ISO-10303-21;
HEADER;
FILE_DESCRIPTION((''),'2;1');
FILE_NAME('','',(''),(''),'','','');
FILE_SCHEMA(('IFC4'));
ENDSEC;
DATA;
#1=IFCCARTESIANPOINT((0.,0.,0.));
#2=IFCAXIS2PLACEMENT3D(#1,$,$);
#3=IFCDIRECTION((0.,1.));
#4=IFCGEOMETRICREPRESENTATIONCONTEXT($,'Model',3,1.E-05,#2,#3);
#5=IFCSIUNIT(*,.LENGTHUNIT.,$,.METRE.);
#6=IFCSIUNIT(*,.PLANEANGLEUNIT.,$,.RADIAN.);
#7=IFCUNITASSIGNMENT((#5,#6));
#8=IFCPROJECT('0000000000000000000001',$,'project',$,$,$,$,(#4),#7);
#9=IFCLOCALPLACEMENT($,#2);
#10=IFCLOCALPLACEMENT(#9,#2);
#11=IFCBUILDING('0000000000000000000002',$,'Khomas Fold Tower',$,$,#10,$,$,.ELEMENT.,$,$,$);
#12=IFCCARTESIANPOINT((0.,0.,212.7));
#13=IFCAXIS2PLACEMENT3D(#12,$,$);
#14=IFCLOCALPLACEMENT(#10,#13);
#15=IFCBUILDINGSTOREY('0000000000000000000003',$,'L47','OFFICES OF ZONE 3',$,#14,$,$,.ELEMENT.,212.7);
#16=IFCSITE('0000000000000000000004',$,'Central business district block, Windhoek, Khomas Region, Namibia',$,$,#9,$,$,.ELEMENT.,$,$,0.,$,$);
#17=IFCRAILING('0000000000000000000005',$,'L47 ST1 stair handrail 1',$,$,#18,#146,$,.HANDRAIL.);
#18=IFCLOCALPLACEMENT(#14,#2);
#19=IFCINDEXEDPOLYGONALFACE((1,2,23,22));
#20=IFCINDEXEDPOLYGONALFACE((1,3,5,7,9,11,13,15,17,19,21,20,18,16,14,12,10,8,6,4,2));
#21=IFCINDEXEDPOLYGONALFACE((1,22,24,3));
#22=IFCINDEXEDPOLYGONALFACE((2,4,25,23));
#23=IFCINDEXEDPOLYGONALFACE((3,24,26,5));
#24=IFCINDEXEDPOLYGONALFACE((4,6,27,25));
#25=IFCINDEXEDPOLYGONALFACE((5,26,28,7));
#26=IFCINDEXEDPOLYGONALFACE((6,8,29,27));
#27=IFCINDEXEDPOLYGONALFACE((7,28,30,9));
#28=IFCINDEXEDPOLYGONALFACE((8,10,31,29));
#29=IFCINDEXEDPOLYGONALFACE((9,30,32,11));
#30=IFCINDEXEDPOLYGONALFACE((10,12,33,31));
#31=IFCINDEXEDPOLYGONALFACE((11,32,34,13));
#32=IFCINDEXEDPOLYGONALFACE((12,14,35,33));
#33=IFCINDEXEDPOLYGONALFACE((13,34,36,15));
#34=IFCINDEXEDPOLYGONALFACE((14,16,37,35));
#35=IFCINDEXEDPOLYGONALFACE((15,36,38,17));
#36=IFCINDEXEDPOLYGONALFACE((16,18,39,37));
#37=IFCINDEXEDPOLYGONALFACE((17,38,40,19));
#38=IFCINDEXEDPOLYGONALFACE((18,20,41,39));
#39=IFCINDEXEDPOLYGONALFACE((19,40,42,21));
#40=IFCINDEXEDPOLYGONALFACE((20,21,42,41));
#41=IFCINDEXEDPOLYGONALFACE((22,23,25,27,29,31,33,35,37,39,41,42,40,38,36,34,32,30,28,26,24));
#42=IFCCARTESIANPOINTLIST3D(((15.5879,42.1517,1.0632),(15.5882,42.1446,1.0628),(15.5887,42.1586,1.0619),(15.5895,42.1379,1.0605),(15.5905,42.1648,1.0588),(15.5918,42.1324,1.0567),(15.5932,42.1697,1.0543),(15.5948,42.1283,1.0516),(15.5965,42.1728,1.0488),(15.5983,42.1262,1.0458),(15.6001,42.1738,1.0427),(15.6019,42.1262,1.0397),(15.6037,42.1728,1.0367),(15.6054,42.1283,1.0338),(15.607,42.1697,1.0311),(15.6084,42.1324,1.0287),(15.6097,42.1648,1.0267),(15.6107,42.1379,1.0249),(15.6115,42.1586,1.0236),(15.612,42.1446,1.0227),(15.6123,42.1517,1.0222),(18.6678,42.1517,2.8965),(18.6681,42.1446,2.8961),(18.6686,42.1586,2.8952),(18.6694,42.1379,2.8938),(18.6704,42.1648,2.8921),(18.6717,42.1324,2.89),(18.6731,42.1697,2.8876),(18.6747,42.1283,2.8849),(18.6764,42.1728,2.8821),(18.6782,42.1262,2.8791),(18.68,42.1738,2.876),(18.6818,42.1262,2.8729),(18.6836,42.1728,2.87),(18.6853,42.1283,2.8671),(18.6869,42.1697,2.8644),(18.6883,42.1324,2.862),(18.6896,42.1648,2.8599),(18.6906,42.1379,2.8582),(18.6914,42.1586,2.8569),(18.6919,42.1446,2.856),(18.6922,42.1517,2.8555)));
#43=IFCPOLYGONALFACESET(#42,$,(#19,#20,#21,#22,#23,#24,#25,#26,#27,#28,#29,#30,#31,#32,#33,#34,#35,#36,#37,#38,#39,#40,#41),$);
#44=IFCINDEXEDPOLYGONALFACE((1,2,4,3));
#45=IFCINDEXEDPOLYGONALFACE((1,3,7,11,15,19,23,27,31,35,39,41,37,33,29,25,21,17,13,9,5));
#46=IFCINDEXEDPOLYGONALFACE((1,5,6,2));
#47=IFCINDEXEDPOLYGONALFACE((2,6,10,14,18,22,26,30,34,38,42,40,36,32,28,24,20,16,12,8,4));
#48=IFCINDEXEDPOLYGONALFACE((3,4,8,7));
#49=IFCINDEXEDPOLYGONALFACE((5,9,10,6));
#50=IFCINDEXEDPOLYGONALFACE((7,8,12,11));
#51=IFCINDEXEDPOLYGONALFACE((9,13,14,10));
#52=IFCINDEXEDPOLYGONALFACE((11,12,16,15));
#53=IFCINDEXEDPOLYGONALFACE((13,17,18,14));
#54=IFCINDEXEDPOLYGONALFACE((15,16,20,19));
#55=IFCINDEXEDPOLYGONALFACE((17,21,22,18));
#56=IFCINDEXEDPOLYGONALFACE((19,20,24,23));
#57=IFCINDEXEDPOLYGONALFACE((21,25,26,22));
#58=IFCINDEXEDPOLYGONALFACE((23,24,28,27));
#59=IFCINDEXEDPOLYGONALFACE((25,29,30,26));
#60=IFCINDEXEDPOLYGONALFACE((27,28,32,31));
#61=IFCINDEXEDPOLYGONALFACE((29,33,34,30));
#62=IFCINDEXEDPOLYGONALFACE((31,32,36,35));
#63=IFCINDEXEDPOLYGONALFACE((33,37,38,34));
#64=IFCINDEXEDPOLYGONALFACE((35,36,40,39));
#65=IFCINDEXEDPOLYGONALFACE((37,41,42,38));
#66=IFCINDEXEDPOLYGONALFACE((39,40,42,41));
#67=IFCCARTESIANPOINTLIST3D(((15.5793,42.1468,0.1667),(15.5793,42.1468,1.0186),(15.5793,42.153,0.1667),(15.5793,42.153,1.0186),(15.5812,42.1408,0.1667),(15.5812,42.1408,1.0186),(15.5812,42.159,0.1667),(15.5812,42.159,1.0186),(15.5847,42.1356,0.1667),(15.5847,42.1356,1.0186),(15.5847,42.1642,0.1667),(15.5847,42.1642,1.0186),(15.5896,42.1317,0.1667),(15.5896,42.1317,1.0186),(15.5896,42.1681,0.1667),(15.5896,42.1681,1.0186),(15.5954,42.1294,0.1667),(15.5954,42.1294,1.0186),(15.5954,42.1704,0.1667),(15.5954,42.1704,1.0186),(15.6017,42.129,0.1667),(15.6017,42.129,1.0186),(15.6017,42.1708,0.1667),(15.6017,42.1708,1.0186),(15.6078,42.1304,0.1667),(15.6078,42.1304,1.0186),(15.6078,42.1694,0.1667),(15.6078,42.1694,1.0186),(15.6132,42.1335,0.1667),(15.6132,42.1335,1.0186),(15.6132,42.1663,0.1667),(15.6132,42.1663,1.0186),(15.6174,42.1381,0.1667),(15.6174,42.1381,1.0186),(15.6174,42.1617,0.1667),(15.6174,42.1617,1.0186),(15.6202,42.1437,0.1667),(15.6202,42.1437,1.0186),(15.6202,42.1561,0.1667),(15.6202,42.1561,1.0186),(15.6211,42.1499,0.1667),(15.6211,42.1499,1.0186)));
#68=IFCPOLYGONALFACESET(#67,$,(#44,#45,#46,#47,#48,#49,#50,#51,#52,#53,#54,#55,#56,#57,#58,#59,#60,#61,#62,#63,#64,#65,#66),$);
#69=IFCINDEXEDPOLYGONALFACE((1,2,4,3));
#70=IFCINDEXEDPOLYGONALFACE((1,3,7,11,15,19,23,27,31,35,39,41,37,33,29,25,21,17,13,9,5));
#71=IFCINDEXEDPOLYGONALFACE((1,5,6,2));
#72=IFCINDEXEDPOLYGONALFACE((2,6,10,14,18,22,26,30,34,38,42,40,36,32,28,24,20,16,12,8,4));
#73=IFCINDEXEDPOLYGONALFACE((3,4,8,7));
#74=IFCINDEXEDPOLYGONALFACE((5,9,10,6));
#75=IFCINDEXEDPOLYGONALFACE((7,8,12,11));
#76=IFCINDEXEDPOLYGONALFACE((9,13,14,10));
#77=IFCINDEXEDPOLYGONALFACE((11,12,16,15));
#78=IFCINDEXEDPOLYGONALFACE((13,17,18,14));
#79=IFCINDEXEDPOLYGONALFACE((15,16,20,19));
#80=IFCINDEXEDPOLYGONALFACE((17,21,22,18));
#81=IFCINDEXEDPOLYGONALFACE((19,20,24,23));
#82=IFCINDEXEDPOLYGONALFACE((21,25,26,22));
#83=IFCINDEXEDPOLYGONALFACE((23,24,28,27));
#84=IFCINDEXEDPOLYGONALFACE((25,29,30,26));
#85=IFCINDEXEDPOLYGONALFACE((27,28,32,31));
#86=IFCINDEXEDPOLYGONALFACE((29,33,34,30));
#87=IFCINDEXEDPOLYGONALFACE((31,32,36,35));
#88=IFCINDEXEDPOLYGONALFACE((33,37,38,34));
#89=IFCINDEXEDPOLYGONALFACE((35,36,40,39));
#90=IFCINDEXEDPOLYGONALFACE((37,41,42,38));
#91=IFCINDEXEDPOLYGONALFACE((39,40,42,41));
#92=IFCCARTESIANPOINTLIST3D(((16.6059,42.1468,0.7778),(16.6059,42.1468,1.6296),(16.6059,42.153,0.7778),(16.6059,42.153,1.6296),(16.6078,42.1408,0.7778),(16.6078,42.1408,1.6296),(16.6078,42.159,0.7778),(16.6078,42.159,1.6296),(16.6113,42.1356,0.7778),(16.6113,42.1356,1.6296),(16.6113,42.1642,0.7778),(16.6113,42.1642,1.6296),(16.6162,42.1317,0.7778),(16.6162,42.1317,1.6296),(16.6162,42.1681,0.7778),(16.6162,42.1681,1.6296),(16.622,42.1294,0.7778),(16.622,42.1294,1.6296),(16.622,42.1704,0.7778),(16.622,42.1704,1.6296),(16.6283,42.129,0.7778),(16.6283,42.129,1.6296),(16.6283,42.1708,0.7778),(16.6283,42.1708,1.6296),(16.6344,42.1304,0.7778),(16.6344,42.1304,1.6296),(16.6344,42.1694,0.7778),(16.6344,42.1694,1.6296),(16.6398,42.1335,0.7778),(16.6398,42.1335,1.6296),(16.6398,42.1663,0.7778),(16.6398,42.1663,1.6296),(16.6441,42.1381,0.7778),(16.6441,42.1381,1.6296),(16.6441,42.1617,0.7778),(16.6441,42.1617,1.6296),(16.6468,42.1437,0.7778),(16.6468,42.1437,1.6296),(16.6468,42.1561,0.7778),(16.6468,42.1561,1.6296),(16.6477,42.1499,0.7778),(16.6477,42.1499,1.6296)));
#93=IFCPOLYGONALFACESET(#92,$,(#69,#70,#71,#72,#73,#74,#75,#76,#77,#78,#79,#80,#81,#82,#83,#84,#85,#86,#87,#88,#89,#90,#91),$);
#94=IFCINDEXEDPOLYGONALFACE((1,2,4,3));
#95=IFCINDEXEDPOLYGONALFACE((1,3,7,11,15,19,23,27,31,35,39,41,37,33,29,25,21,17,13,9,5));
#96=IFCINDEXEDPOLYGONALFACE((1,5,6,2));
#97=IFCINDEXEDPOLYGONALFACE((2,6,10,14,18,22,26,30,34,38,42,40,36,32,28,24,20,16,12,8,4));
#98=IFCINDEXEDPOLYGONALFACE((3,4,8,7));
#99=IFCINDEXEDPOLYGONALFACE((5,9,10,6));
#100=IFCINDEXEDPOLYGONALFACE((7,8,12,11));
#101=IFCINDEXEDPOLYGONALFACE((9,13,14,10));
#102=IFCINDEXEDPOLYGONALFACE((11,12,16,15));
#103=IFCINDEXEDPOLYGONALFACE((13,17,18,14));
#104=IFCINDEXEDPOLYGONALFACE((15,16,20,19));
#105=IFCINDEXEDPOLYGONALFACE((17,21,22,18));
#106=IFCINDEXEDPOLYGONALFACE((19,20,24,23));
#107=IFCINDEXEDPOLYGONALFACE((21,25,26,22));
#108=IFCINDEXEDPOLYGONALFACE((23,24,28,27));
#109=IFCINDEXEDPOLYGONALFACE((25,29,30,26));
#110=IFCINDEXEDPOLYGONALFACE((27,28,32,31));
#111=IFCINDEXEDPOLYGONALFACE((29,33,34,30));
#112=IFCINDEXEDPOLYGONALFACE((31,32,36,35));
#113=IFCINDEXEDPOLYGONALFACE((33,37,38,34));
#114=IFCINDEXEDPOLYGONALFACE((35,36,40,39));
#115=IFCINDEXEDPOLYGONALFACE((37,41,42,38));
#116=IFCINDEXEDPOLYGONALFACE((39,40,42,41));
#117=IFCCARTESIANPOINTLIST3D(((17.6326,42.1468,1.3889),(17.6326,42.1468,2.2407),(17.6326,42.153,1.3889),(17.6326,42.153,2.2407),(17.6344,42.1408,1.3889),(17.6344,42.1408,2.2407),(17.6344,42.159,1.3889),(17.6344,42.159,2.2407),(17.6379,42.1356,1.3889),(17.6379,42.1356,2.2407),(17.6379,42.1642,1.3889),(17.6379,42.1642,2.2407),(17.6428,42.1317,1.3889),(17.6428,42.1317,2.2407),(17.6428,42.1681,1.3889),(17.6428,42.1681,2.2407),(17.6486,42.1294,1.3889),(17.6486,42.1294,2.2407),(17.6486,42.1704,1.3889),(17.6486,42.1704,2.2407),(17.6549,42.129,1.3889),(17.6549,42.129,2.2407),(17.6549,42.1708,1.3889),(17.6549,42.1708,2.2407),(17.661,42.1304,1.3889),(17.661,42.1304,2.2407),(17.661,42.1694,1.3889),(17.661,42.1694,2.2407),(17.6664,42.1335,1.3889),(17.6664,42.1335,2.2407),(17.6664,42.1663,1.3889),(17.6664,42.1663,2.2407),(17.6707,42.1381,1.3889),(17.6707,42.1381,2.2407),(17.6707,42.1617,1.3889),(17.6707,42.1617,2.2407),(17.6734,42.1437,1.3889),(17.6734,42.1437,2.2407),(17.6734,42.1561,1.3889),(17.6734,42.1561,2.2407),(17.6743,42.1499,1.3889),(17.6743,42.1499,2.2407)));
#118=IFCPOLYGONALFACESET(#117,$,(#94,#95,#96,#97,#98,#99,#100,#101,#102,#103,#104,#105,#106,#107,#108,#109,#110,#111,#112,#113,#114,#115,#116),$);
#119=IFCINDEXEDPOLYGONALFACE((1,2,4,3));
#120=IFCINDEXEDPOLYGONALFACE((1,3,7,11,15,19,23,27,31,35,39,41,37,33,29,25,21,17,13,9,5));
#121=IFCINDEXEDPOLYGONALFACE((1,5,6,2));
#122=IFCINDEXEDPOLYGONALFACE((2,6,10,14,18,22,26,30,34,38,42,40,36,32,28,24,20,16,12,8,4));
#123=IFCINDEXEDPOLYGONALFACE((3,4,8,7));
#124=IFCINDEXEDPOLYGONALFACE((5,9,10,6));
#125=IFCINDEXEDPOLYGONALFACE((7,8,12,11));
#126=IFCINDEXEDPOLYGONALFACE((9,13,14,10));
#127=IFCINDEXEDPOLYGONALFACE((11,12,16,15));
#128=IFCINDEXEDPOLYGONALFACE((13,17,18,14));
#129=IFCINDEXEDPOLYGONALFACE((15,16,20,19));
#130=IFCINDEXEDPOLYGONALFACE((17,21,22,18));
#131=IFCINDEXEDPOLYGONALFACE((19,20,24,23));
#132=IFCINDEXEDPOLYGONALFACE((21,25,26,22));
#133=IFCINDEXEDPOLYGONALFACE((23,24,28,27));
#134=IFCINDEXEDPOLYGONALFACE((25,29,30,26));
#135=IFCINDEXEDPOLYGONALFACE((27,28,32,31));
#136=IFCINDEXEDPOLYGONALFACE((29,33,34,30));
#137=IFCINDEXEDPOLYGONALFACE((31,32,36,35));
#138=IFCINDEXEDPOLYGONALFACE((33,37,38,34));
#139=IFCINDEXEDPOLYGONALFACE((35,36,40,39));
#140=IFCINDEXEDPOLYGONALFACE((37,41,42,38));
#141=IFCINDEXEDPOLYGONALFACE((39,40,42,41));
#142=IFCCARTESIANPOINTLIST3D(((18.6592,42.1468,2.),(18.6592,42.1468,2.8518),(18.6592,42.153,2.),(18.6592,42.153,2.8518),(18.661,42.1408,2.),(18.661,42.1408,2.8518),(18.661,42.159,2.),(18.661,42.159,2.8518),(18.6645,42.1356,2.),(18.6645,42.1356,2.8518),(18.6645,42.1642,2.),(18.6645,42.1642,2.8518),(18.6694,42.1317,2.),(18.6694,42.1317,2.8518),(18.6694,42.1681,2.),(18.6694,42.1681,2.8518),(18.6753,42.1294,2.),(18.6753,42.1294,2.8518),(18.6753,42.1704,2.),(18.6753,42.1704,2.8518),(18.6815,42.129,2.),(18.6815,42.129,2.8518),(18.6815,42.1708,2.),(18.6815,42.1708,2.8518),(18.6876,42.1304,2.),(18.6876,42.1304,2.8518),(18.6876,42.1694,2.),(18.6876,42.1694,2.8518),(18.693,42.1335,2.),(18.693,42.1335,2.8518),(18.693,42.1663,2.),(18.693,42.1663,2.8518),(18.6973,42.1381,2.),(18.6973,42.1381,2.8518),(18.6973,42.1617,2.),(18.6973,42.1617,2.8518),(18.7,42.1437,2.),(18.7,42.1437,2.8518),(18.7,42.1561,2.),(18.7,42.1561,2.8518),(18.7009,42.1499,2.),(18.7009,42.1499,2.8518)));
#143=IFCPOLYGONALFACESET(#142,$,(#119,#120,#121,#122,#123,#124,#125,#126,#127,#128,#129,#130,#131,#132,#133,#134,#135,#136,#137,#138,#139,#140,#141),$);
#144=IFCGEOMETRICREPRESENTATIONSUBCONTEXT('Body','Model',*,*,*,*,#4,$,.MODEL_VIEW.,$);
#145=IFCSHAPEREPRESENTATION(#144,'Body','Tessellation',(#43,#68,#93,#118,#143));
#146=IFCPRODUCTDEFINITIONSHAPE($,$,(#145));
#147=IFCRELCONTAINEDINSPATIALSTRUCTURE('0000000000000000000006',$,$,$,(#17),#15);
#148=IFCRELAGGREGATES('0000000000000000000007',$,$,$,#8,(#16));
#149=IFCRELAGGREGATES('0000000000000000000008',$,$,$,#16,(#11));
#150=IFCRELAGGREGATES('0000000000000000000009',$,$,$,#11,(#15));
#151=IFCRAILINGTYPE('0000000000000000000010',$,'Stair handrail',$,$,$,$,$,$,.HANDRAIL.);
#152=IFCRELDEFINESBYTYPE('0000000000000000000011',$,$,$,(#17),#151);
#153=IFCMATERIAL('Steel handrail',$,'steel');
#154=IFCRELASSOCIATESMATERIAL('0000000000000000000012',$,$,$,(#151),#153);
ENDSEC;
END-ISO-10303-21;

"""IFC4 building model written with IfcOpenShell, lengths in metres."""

from ifc_helpers import new_model, si_unit, direction, frame, origin, origin_2d, place, context, subcontext, project, spatial, circle, extrude, source, transform, mapped, material, type_object, element, save


model = new_model("IFC4")

# Units and contexts
model_context = context("Model", 3, precision=1e-05, world=origin(), true_north=direction((0.0, 1.0)))
body_context = subcontext(model_context, "Body", "Model", "MODEL_VIEW")
ifc_project = project(units=[si_unit("LENGTHUNIT", "METRE"), si_unit("PLANEANGLEUNIT", "RADIAN")], contexts=[model_context])

# Site, building, storey
site_placement = place(None, origin())
site = spatial("IfcSite", under=ifc_project, at=site_placement, Name="Central business district block, Windhoek, Khomas Region, Namibia", CompositionType="ELEMENT", RefElevation=0.0)
building_placement = place(site_placement, origin())
building = spatial("IfcBuilding", under=site, at=building_placement, Name="Khomas Fold Tower", CompositionType="ELEMENT")
storey_placement = place(building_placement, frame((0.0, 0.0, 212.7)))
storey = spatial("IfcBuildingStorey", under=building, at=storey_placement, Name="L47", Description="OFFICES OF ZONE 3", CompositionType="ELEMENT", Elevation=212.7)

# Railing
ifc_material_1 = material(Name="Steel handrail", Category="steel")
railing_type_1 = type_object("IfcRailingType", Name="Stair handrail", PredefinedType="HANDRAIL", material=ifc_material_1)
shared_shape_1 = source(origin(), body_context, "Body", "SweptSolid", [
    extrude(circle(Radius=0.0239, at=origin_2d()), frame((0.0, 0.0, 0.876), z_axis=(0.859291, 0.0, 0.511487), x_axis=(0.0, 1.0, 0.0)), (0.0, 0.0, 1.0), 3.5842),
    extrude(circle(Radius=0.021, at=origin_2d()), origin(), (0.0, 0.0, 1.0), 0.8518),
    extrude(circle(Radius=0.021, at=origin_2d()), frame((1.0266, 0.0, 0.6111)), (0.0, 0.0, 1.0), 0.8518),
    extrude(circle(Radius=0.021, at=origin_2d()), frame((2.0532, 0.0, 1.2222)), (0.0, 0.0, 1.0), 0.8518),
    extrude(circle(Radius=0.021, at=origin_2d()), frame((3.0798, 0.0, 1.8333)), (0.0, 0.0, 1.0), 0.8518),
])
railing_1_placement = place(storey_placement, frame((15.6001, 42.1499, 0.1667)))
element("IfcRailing", 1, at=railing_1_placement, inside=storey, type_object=railing_type_1, Name="L47 ST1 stair handrail 1", PredefinedType="HANDRAIL", context=body_context, shape_type="MappedRepresentation", body=[
    mapped(shared_shape_1, transform((0.0, 0.0, 0.0))),
])

save(model, "model.ifc")
